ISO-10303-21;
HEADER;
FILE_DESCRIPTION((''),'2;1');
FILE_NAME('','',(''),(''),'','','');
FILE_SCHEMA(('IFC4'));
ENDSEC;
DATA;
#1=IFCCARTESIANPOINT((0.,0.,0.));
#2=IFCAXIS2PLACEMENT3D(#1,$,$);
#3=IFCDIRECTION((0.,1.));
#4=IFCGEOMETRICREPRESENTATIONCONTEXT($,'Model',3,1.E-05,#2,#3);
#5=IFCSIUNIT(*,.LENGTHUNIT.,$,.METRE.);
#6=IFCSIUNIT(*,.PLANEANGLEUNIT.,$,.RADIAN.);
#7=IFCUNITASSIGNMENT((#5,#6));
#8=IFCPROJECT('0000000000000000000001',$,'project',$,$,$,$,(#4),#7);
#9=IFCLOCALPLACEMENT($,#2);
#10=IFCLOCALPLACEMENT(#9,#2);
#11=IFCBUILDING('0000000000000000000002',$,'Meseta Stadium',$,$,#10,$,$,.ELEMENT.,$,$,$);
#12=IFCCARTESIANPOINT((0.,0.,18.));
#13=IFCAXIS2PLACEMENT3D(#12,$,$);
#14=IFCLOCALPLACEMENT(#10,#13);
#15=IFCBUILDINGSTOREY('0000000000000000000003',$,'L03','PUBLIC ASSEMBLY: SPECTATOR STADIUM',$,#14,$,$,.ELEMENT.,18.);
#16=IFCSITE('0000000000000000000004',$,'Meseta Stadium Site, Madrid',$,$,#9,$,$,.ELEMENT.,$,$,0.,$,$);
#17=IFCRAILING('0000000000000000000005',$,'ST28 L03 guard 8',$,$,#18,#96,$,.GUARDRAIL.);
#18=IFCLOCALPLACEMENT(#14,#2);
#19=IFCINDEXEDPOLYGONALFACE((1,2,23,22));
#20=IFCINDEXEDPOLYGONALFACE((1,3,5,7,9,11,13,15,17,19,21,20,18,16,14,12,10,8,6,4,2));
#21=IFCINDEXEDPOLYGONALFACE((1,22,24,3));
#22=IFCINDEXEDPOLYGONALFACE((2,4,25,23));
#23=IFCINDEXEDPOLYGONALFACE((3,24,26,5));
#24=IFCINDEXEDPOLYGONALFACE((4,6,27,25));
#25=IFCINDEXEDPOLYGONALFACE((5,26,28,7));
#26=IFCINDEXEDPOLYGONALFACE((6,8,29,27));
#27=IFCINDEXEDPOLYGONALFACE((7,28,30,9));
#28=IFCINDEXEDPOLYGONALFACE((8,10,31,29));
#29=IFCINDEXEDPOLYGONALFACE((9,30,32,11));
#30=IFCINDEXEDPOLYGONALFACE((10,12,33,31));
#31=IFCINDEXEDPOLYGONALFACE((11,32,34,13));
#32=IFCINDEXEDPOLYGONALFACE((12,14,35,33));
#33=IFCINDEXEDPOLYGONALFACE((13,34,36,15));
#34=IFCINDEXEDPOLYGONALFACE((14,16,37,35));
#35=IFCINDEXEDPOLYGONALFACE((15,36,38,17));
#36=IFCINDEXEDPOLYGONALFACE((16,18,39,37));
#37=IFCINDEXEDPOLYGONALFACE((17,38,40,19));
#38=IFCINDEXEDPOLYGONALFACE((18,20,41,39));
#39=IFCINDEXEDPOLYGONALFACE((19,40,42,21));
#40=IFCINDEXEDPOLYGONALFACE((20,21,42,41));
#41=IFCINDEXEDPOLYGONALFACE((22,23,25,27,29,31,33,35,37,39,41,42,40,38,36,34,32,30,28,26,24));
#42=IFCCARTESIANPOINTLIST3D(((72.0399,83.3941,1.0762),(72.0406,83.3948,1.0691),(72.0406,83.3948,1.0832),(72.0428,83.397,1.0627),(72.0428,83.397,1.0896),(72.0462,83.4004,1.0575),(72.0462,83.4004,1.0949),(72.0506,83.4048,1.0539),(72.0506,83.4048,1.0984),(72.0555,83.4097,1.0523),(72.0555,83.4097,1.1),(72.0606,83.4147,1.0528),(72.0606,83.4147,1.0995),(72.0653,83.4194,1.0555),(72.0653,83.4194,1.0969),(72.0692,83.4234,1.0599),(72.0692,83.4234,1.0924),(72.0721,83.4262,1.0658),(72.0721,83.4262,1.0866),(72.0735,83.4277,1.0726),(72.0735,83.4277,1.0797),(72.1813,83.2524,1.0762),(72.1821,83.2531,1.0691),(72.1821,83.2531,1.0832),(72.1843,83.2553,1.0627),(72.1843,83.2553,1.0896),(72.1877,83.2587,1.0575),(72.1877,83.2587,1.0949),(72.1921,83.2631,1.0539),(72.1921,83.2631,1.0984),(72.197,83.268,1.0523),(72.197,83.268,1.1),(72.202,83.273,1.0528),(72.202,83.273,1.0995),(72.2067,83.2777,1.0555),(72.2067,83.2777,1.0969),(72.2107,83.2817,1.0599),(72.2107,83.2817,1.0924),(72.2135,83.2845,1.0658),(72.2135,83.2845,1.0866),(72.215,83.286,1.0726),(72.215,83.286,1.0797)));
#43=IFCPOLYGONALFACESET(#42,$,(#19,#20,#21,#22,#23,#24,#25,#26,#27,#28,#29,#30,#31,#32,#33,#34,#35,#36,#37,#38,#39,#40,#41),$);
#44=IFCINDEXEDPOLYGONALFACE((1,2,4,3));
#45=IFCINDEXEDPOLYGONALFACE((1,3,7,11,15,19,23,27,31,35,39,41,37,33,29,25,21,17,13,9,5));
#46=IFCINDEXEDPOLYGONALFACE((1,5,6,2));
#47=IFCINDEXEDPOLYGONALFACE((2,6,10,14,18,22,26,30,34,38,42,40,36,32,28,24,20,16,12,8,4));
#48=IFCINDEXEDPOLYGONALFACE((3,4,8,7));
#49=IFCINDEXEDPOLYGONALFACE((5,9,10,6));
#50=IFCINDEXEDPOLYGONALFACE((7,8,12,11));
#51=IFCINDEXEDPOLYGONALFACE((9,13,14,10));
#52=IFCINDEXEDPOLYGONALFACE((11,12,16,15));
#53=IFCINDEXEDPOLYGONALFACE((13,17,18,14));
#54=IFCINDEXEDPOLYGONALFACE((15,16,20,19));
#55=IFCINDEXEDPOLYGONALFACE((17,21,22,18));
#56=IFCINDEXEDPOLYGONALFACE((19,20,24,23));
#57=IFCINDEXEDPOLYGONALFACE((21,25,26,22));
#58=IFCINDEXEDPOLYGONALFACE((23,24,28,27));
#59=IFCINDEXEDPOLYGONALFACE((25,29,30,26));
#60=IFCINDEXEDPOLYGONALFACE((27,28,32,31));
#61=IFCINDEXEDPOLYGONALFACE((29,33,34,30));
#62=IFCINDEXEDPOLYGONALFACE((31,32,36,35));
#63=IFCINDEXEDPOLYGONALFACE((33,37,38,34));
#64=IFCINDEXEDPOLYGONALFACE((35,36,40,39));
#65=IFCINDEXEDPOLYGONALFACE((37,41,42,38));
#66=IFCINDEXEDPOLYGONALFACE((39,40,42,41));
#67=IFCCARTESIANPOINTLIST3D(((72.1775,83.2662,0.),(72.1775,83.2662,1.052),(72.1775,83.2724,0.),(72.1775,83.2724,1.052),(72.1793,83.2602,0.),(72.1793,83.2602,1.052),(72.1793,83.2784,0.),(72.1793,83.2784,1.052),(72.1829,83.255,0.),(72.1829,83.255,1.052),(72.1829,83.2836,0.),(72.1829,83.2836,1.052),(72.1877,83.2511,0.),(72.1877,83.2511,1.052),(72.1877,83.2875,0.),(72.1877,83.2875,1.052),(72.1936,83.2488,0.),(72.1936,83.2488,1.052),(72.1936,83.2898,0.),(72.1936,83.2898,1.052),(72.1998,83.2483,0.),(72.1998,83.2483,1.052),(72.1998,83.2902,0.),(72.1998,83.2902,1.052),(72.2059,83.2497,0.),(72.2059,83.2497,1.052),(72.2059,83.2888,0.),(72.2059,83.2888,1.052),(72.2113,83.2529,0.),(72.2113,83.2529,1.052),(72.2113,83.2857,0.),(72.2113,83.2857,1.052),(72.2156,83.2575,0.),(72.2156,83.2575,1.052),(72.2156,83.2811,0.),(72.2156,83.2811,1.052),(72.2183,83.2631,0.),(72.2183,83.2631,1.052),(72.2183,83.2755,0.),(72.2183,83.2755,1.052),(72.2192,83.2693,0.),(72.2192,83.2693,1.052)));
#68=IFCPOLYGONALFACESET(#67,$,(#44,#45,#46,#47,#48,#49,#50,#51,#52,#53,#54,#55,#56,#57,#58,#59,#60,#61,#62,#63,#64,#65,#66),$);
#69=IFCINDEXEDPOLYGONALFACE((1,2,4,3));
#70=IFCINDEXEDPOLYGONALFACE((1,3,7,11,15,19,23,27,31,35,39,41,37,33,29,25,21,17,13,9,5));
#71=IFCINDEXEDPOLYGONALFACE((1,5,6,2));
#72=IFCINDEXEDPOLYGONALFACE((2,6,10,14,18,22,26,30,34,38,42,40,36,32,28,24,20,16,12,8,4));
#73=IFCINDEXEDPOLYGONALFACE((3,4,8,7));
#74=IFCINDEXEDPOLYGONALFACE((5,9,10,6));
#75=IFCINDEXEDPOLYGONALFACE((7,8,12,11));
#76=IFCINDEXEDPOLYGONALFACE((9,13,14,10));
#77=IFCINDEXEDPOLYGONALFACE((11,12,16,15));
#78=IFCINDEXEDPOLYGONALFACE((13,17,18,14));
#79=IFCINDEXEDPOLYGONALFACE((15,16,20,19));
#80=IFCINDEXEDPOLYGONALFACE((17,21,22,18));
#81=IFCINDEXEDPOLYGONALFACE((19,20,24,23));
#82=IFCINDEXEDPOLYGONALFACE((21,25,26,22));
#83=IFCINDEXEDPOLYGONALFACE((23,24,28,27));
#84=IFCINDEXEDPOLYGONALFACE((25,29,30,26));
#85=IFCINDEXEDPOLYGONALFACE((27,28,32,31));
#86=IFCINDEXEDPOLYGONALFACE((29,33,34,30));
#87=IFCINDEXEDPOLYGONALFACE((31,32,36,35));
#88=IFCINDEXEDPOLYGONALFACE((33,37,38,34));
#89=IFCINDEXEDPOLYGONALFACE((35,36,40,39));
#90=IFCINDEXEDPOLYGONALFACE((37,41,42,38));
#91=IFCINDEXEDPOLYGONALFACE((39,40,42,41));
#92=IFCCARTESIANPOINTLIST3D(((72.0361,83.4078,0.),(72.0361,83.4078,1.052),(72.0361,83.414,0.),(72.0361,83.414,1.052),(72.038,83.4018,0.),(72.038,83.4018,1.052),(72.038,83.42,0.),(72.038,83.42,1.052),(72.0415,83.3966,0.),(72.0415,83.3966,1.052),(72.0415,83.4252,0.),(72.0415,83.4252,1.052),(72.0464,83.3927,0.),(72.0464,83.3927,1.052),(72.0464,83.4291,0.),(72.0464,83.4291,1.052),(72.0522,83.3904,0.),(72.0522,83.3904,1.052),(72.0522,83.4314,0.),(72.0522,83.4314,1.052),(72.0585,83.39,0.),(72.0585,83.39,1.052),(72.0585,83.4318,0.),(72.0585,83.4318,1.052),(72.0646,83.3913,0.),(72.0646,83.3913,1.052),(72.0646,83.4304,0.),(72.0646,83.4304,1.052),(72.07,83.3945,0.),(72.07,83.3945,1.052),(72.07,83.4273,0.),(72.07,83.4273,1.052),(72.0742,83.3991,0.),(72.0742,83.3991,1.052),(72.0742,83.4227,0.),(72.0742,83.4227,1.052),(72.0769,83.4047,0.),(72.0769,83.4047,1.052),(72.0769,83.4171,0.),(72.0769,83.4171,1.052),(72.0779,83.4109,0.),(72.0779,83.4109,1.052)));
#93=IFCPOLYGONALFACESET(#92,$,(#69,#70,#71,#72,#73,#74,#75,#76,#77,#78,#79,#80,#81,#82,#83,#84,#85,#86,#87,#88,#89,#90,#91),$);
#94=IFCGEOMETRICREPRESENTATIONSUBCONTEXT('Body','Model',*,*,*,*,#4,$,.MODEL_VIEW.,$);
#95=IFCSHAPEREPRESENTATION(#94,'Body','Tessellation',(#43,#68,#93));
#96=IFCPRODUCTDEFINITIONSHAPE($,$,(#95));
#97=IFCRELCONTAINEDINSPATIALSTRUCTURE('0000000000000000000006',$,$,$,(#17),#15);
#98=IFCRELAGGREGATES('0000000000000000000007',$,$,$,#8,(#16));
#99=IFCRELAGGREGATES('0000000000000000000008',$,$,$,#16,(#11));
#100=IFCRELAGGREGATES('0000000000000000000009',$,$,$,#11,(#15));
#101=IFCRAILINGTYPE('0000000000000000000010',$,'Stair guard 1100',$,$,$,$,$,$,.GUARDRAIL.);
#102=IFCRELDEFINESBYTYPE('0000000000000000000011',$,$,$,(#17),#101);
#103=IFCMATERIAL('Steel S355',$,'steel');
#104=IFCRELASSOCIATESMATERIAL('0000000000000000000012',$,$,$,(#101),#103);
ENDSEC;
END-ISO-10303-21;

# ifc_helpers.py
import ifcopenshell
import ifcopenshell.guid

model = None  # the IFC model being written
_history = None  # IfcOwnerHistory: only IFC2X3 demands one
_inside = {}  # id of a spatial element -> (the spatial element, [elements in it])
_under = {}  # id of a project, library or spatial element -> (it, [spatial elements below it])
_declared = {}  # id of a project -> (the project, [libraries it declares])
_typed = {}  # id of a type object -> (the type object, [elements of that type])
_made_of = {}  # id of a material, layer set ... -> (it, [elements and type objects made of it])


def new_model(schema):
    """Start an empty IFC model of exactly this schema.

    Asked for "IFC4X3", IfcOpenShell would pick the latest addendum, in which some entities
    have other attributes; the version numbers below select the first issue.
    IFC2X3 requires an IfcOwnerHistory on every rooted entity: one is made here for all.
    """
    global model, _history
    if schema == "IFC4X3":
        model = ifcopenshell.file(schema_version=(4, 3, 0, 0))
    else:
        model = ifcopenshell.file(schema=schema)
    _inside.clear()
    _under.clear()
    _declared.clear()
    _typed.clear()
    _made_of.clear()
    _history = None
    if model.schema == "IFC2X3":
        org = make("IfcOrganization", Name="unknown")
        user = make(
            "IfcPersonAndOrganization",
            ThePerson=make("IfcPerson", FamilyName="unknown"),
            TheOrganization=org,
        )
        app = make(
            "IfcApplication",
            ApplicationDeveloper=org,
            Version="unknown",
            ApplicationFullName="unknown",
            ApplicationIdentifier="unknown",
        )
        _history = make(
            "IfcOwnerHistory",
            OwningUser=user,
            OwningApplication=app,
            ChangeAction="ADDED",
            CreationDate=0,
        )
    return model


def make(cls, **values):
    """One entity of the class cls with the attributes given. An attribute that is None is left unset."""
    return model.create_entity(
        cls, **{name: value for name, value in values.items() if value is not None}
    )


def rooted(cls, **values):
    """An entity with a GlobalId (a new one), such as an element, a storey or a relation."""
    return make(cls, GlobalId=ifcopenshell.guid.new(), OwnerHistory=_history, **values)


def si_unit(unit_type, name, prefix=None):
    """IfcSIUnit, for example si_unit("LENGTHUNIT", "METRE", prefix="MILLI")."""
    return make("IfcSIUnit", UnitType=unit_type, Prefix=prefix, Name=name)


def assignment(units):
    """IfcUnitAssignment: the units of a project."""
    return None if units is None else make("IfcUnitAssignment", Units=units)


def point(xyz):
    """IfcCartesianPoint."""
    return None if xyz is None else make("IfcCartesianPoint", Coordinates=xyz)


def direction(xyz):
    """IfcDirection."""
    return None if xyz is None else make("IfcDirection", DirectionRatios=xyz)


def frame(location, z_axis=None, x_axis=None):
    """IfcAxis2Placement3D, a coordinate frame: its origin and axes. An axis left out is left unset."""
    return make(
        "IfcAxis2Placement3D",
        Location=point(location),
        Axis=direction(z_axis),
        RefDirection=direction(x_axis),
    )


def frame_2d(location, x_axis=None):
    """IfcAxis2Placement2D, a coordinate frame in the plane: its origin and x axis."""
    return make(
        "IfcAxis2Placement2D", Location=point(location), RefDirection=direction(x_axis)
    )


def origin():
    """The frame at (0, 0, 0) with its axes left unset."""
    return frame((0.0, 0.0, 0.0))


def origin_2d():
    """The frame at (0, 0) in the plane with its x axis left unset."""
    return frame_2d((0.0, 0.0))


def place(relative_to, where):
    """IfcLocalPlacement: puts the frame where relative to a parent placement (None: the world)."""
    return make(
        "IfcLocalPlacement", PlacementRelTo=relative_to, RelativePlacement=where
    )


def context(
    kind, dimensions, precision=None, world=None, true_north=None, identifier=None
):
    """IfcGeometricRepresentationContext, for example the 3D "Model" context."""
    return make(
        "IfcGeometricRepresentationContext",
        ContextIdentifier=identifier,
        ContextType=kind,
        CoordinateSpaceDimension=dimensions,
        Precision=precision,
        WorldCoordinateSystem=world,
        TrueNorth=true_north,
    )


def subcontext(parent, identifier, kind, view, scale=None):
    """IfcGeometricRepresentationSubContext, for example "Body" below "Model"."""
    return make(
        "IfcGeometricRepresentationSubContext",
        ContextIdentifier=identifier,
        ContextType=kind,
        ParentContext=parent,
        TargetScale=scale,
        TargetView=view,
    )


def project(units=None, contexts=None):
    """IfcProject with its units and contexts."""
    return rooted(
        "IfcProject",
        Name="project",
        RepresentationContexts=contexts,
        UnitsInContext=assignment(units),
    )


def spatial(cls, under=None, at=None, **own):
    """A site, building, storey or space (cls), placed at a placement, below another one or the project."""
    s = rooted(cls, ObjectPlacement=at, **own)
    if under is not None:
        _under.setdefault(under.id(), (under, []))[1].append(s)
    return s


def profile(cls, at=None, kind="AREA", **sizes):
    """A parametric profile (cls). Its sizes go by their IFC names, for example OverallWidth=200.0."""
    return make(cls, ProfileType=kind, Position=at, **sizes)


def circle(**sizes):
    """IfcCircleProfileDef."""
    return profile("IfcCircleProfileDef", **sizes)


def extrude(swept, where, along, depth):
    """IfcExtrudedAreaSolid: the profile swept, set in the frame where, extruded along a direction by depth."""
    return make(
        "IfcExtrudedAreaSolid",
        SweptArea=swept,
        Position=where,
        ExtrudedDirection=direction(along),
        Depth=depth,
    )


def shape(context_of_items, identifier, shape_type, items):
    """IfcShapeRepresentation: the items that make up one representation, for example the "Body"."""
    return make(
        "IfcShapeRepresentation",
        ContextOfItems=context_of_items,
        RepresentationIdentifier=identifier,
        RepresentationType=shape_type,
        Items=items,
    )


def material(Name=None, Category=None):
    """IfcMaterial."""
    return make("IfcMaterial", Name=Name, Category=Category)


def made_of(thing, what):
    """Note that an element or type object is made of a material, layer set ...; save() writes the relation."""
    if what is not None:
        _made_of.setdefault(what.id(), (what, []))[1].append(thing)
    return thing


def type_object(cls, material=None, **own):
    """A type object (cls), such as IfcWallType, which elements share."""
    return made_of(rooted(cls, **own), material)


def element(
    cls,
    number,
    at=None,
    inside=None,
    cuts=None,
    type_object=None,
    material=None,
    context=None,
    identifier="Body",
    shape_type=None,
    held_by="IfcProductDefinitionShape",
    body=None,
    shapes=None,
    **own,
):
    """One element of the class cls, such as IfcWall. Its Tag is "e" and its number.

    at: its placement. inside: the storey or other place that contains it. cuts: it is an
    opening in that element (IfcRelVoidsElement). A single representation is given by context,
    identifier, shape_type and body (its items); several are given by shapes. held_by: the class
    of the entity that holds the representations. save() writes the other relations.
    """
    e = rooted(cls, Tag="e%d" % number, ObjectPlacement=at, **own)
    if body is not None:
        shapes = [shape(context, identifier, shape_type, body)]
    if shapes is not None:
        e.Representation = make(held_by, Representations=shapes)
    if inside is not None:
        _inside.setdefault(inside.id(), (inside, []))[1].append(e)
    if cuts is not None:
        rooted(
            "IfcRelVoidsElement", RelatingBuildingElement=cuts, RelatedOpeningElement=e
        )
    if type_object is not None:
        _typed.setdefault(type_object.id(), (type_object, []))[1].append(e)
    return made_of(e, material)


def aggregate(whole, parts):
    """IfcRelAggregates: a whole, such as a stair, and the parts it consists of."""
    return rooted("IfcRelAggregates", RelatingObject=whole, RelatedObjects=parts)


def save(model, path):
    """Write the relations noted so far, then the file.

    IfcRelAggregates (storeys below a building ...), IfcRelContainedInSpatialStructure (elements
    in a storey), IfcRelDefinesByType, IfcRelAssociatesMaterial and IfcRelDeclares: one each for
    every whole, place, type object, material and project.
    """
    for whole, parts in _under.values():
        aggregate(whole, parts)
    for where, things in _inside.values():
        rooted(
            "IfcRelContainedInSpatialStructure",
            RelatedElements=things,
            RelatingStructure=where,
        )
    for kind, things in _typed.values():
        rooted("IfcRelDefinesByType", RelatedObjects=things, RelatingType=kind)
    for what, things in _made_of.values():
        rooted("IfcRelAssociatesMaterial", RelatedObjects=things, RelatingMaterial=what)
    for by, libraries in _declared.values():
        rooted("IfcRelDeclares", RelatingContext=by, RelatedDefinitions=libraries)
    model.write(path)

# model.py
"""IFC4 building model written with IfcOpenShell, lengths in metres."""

from ifc_helpers import new_model, si_unit, direction, frame, origin, origin_2d, place, context, subcontext, project, spatial, circle, extrude, material, type_object, element, save


model = new_model("IFC4")

# Units and contexts
model_context = context("Model", 3, precision=1e-05, world=origin(), true_north=direction((0.0, 1.0)))
body_context = subcontext(model_context, "Body", "Model", "MODEL_VIEW")
ifc_project = project(units=[si_unit("LENGTHUNIT", "METRE"), si_unit("PLANEANGLEUNIT", "RADIAN")], contexts=[model_context])

# Site, building, storey
site_placement = place(None, origin())
site = spatial("IfcSite", under=ifc_project, at=site_placement, Name="Meseta Stadium Site, Madrid", CompositionType="ELEMENT", RefElevation=0.0)
building_placement = place(site_placement, origin())
building = spatial("IfcBuilding", under=site, at=building_placement, Name="Meseta Stadium", CompositionType="ELEMENT")
storey_placement = place(building_placement, frame((0.0, 0.0, 18.0)))
storey = spatial("IfcBuildingStorey", under=building, at=storey_placement, Name="L03", Description="PUBLIC ASSEMBLY: SPECTATOR STADIUM", CompositionType="ELEMENT", Elevation=18.0)

# Railing
ifc_material_1 = material(Name="Steel S355", Category="steel")
railing_type_1 = type_object("IfcRailingType", Name="Stair guard 1100", PredefinedType="GUARDRAIL", material=ifc_material_1)
railing_1_placement = place(storey_placement, frame((72.1982, 83.2693, 0.0)))
element("IfcRailing", 1, at=railing_1_placement, inside=storey, type_object=railing_type_1, Name="ST28 L03 guard 8", PredefinedType="GUARDRAIL", context=body_context, shape_type="SweptSolid", body=[
    extrude(circle(Radius=0.0239, at=origin_2d()), frame((0.0, 0.0, 1.0762), z_axis=(-0.706496, 0.707717, 0.0), x_axis=(-0.707717, -0.706496, 0.0)), (0.0, 0.0, 1.0), 0.2002),
    extrude(circle(Radius=0.021, at=origin_2d()), origin(), (0.0, 0.0, 1.0), 1.052),
    extrude(circle(Radius=0.021, at=origin_2d()), frame((-0.1414, 0.1416, 0.0)), (0.0, 0.0, 1.0), 1.052),
])

save(model, "model.ifc")
